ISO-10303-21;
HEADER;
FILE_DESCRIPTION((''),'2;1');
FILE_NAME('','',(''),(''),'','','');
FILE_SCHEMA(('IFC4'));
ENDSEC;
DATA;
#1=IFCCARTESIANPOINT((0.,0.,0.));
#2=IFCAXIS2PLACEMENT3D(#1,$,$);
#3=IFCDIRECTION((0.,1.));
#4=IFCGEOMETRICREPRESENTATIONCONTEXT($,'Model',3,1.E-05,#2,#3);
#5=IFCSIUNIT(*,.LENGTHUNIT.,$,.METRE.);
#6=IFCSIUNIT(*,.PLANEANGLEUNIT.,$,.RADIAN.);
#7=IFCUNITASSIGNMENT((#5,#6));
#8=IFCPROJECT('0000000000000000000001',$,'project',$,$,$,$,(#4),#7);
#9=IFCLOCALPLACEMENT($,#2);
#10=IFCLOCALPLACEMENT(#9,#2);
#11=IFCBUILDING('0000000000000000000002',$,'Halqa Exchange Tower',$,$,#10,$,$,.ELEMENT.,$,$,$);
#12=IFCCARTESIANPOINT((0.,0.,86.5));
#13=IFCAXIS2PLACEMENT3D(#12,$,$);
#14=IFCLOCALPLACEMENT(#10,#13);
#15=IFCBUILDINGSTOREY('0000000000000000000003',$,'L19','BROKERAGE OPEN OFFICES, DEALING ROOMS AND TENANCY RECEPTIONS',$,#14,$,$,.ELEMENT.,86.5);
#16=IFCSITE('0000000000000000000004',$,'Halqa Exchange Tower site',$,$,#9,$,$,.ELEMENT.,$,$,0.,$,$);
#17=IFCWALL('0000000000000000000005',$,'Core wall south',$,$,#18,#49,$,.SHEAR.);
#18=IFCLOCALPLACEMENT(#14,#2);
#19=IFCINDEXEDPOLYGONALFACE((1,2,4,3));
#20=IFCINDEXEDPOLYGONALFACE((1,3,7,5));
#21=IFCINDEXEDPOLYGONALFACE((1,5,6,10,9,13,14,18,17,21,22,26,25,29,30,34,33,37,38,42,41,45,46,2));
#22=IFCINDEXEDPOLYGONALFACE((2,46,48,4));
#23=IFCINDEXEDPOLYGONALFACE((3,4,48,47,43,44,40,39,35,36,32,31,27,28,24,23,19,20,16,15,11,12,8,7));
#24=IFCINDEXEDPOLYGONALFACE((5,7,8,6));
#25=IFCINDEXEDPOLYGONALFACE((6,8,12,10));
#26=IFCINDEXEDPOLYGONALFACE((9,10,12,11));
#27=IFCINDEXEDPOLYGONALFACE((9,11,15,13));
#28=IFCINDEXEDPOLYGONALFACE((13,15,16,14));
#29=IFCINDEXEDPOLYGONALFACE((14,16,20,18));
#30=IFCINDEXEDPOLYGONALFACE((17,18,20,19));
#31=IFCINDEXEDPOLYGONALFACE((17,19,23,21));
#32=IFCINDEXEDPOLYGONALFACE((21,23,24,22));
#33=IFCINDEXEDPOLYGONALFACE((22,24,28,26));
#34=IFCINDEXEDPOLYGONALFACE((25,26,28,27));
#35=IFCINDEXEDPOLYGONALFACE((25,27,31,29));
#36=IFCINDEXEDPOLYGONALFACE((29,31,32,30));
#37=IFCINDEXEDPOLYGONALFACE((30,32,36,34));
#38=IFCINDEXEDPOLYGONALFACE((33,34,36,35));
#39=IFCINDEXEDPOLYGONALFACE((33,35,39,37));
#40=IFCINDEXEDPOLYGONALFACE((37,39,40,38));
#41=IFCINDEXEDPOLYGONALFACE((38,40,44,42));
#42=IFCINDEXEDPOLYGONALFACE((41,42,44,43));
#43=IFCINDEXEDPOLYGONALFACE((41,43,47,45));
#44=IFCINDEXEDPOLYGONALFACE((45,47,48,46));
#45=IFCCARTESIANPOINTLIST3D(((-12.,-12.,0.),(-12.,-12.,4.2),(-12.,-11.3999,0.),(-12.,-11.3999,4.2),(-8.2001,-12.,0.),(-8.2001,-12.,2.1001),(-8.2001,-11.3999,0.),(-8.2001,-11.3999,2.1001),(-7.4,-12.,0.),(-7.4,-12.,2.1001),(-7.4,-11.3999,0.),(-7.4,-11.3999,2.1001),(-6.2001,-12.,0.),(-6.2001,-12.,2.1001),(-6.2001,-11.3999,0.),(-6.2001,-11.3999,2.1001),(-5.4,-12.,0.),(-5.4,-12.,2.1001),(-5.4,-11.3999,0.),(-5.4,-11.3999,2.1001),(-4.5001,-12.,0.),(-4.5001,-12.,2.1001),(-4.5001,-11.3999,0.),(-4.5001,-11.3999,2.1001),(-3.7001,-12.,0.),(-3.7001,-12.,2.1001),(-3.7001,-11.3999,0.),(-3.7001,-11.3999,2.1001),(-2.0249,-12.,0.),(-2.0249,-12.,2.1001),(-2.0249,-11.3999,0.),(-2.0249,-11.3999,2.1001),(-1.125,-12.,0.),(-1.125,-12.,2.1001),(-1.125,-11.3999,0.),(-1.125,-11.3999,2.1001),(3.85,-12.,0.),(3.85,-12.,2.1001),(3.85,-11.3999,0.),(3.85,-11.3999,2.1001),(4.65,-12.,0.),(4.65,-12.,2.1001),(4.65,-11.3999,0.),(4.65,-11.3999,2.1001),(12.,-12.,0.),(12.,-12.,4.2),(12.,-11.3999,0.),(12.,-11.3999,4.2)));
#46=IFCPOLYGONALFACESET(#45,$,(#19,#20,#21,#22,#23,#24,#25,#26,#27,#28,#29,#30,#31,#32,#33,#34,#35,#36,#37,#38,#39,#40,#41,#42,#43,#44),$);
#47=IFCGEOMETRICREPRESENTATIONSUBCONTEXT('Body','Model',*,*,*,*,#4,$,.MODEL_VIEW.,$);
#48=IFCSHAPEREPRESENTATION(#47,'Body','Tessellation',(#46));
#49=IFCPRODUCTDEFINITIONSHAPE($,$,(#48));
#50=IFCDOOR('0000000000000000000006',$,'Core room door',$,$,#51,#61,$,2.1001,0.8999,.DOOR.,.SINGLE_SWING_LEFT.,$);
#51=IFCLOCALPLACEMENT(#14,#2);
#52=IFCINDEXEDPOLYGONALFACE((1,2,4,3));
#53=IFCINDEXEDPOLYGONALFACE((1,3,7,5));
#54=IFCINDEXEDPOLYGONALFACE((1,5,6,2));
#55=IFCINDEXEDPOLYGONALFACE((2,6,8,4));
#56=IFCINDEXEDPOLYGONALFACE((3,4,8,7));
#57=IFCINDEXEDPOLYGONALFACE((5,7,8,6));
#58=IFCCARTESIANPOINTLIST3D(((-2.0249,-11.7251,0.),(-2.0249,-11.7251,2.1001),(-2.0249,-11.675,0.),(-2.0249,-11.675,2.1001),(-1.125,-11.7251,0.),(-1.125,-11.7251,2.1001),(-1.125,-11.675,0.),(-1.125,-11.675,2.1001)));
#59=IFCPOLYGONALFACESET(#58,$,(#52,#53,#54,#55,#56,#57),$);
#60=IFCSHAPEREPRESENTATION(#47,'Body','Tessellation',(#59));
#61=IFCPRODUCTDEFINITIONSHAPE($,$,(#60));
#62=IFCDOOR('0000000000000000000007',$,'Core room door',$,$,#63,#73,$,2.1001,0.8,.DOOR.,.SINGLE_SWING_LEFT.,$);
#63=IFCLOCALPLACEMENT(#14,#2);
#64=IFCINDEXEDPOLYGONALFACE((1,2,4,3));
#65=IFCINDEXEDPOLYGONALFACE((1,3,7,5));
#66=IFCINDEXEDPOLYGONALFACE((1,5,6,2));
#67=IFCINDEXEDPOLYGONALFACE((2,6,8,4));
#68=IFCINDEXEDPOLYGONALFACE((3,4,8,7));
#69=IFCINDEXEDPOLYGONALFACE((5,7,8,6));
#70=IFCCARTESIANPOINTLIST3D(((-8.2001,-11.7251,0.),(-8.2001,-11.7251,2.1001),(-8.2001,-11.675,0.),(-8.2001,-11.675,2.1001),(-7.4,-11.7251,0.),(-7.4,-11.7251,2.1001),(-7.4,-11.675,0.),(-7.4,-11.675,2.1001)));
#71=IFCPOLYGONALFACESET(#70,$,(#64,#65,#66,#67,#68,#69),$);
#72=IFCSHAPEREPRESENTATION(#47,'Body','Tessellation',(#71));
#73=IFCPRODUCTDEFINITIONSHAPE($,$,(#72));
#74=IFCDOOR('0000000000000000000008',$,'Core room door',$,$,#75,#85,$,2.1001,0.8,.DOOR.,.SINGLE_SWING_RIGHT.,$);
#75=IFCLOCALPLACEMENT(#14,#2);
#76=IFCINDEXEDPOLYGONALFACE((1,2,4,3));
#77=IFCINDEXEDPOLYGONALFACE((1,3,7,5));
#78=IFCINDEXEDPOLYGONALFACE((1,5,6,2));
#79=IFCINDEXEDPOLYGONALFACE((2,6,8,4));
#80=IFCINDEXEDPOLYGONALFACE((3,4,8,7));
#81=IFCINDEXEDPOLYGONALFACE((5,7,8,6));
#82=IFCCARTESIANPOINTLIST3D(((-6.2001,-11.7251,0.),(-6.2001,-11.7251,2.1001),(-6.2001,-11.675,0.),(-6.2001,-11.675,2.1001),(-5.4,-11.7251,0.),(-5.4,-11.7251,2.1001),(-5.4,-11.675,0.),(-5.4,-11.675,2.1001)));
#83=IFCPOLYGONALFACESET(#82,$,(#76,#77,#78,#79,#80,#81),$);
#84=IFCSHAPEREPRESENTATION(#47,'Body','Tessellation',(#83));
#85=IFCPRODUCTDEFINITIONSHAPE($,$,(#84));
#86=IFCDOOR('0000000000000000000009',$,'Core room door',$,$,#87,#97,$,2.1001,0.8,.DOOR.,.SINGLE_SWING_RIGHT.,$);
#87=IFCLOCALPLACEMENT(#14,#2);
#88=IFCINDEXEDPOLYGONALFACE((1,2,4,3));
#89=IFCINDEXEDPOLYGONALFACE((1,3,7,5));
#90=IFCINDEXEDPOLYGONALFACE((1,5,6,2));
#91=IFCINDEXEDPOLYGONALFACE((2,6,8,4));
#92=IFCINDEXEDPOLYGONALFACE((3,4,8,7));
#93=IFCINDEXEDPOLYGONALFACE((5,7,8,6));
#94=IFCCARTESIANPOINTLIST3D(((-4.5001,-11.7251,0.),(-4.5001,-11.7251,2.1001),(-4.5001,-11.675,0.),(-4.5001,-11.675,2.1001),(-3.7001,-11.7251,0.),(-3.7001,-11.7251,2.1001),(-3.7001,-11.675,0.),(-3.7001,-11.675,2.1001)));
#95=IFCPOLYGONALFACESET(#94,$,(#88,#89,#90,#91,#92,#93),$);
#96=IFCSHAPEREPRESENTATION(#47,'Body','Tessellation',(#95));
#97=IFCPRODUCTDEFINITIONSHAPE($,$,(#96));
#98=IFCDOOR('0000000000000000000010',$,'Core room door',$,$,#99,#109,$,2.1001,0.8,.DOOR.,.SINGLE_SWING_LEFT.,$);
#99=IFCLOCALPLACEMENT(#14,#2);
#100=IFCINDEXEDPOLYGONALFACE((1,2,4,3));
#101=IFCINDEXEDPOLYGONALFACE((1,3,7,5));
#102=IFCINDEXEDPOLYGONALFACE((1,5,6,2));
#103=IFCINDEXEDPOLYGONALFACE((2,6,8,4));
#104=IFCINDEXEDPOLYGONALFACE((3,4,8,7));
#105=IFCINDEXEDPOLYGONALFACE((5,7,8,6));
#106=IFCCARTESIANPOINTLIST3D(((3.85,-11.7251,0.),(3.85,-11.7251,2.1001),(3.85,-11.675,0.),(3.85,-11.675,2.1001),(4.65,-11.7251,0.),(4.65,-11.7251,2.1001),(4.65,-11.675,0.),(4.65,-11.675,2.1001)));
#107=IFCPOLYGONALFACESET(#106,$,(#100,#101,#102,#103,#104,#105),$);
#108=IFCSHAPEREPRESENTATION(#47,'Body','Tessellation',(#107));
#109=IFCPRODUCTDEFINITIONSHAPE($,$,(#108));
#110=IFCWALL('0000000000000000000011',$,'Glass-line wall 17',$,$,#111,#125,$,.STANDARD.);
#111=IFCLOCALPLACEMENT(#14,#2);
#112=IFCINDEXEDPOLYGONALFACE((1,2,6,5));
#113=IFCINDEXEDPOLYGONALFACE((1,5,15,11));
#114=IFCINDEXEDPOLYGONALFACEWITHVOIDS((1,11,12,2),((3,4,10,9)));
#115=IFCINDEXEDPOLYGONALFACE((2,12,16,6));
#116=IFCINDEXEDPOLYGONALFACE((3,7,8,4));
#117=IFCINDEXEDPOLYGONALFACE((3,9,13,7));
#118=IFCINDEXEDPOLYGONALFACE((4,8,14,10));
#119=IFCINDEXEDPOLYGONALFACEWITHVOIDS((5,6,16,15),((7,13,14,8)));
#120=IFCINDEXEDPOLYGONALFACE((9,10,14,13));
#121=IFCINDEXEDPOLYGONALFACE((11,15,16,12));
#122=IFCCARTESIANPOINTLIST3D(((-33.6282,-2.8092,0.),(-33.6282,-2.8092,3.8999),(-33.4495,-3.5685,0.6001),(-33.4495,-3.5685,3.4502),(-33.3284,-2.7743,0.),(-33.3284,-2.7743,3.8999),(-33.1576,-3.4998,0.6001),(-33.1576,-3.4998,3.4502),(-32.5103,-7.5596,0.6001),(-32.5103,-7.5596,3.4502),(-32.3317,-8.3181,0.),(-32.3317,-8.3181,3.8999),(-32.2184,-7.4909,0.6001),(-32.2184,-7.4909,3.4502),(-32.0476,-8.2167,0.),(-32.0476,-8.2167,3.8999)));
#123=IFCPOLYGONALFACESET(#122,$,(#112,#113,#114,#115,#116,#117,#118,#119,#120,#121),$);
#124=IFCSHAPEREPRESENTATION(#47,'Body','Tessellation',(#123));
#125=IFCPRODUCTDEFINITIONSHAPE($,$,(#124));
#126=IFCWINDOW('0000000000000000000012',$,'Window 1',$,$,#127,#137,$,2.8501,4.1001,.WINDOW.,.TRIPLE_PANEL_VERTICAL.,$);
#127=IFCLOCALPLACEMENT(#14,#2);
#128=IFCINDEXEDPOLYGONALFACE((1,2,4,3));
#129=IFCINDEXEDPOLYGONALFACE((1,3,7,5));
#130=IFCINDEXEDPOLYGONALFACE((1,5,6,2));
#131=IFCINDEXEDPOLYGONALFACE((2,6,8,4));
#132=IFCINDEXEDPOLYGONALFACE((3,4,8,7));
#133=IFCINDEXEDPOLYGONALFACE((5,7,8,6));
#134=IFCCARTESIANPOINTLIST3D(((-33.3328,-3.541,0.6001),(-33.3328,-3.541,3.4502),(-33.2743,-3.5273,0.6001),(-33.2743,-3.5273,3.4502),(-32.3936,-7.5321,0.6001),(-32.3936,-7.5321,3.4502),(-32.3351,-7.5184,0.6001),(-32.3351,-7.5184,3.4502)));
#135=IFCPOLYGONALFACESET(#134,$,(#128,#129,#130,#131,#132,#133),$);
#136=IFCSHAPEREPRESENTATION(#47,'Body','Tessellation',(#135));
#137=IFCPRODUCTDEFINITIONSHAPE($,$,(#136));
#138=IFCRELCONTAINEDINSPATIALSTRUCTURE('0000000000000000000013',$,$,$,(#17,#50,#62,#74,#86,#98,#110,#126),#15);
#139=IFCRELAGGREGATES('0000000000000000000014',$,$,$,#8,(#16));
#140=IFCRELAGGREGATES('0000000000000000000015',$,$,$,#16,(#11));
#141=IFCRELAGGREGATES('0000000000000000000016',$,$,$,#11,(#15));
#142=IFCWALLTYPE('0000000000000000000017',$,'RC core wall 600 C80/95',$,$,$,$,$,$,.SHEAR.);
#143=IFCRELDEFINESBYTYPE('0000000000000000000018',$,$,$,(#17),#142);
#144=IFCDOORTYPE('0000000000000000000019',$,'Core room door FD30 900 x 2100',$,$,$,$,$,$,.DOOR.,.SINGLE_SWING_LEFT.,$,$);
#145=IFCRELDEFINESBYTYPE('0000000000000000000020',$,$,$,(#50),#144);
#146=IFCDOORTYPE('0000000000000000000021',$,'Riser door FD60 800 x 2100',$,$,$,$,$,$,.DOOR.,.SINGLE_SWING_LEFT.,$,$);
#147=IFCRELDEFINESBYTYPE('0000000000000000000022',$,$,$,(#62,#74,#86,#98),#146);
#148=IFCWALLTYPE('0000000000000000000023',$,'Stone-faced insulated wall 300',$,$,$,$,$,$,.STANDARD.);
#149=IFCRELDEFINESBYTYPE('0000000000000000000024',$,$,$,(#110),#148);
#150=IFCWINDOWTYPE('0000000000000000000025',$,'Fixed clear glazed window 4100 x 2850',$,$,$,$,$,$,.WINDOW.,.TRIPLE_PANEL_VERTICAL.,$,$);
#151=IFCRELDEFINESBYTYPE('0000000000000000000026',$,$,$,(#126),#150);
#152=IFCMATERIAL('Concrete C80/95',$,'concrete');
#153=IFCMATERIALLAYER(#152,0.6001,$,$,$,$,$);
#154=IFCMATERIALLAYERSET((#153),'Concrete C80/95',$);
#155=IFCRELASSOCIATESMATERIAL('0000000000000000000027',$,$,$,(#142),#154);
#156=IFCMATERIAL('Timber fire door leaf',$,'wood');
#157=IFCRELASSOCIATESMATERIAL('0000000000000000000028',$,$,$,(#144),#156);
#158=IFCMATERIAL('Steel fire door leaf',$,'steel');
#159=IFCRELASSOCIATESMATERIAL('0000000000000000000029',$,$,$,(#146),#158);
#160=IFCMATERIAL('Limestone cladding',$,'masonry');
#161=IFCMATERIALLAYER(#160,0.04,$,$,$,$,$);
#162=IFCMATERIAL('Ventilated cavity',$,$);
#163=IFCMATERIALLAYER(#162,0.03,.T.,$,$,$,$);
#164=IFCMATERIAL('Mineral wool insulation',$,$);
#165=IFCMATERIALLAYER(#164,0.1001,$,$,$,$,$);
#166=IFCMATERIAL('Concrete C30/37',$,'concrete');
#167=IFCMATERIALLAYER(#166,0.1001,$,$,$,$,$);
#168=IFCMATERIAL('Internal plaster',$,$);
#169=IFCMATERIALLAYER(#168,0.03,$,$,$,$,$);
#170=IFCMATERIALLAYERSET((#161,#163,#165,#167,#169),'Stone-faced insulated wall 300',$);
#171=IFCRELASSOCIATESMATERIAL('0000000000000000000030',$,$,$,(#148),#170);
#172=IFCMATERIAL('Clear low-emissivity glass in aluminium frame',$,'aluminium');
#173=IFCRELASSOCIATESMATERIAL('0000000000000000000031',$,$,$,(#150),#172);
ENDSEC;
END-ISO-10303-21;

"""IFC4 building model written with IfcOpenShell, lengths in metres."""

from ifc_helpers import new_model, si_unit, direction, frame, frame_2d, origin, place, context, subcontext, project, spatial, polyline, rectangle, outline, extrude, material, layer, layer_set, type_object, element, fill, save


model = new_model("IFC4")

# Units and contexts
model_context = context("Model", 3, precision=1e-05, world=origin(), true_north=direction((0.0, 1.0)))
body_context = subcontext(model_context, "Body", "Model", "MODEL_VIEW")
ifc_project = project(units=[si_unit("LENGTHUNIT", "METRE"), si_unit("PLANEANGLEUNIT", "RADIAN")], contexts=[model_context])

# Site, building, storey
site_placement = place(None, origin())
site = spatial("IfcSite", under=ifc_project, at=site_placement, Name="Halqa Exchange Tower site", CompositionType="ELEMENT", RefElevation=0.0)
building_placement = place(site_placement, origin())
building = spatial("IfcBuilding", under=site, at=building_placement, Name="Halqa Exchange Tower", CompositionType="ELEMENT")
storey_placement = place(building_placement, frame((0.0, 0.0, 86.5)))
storey = spatial("IfcBuildingStorey", under=building, at=storey_placement, Name="L19", Description="BROKERAGE OPEN OFFICES, DEALING ROOMS AND TENANCY RECEPTIONS", CompositionType="ELEMENT", Elevation=86.5)

# Wall, openings, doors
ifc_material_1 = material(Name="Concrete C80/95", Category="concrete")
ifc_layer_1 = layer(ifc_material_1, 0.6001)
ifc_layer_set_1 = layer_set([ifc_layer_1], Name="Concrete C80/95")
wall_type_1 = type_object("IfcWallType", Name="RC core wall 600 C80/95", PredefinedType="SHEAR", material=ifc_layer_set_1)
wall_1_placement = place(storey_placement, frame((-12.0, -11.7, 0.0), z_axis=(0.0, 0.0, 1.0), x_axis=(1.0, 0.0, 0.0)))
wall_1 = element("IfcWall", 1, at=wall_1_placement, inside=storey, type_object=wall_type_1, Name="Core wall south", PredefinedType="SHEAR", context=body_context, shape_type="SweptSolid", body=[
    extrude(rectangle(XDim=24.0, YDim=0.6001, at=frame_2d((12.0, 0.0))), origin(), (0.0, 0.0, 1.0), 4.2),
])
opening_1_placement = place(wall_1_placement, frame((9.9751, 0.0, 0.0)))
opening_1 = element("IfcOpeningElement", 2, at=opening_1_placement, cuts=wall_1, PredefinedType="OPENING", context=body_context, shape_type="SweptSolid", body=[
    extrude(rectangle(XDim=0.8999, YDim=2.1001, at=frame_2d((0.45, 1.05))), frame((0.0, 0.312, 0.0), z_axis=(0.0, -1.0, 0.0), x_axis=(1.0, 0.0, 0.0)), (0.0, 0.0, 1.0), 0.624),
])
opening_2_placement = place(wall_1_placement, frame((3.8, 0.0, 0.0)))
opening_2 = element("IfcOpeningElement", 3, at=opening_2_placement, cuts=wall_1, PredefinedType="OPENING", context=body_context, shape_type="SweptSolid", body=[
    extrude(rectangle(XDim=0.8, YDim=2.1001, at=frame_2d((0.3999, 1.05))), frame((0.0, 0.312, 0.0), z_axis=(0.0, -1.0, 0.0), x_axis=(1.0, 0.0, 0.0)), (0.0, 0.0, 1.0), 0.624),
])
opening_3_placement = place(wall_1_placement, frame((5.8, 0.0, 0.0)))
opening_3 = element("IfcOpeningElement", 4, at=opening_3_placement, cuts=wall_1, PredefinedType="OPENING", context=body_context, shape_type="SweptSolid", body=[
    extrude(rectangle(XDim=0.8, YDim=2.1001, at=frame_2d((0.3999, 1.05))), frame((0.0, 0.312, 0.0), z_axis=(0.0, -1.0, 0.0), x_axis=(1.0, 0.0, 0.0)), (0.0, 0.0, 1.0), 0.624),
])
opening_4_placement = place(wall_1_placement, frame((7.5, 0.0, 0.0)))
opening_4 = element("IfcOpeningElement", 5, at=opening_4_placement, cuts=wall_1, PredefinedType="OPENING", context=body_context, shape_type="SweptSolid", body=[
    extrude(rectangle(XDim=0.8, YDim=2.1001, at=frame_2d((0.3999, 1.05))), frame((0.0, 0.312, 0.0), z_axis=(0.0, -1.0, 0.0), x_axis=(1.0, 0.0, 0.0)), (0.0, 0.0, 1.0), 0.624),
])
opening_5_placement = place(wall_1_placement, frame((15.8501, 0.0, 0.0)))
opening_5 = element("IfcOpeningElement", 6, at=opening_5_placement, cuts=wall_1, PredefinedType="OPENING", context=body_context, shape_type="SweptSolid", body=[
    extrude(rectangle(XDim=0.8, YDim=2.1001, at=frame_2d((0.3999, 1.05))), frame((0.0, 0.312, 0.0), z_axis=(0.0, -1.0, 0.0), x_axis=(1.0, 0.0, 0.0)), (0.0, 0.0, 1.0), 0.624),
])
ifc_material_2 = material(Name="Timber fire door leaf", Category="wood")
door_type_1 = type_object("IfcDoorType", Name="Core room door FD30 900 x 2100", OperationType="SINGLE_SWING_LEFT", PredefinedType="DOOR", material=ifc_material_2)
door_1_placement = place(opening_1_placement, origin())
door_1 = element("IfcDoor", 7, at=door_1_placement, inside=storey, type_object=door_type_1, Name="Core room door", OperationType="SINGLE_SWING_LEFT", OverallHeight=2.1001, OverallWidth=0.8999, PredefinedType="DOOR", context=body_context, shape_type="SweptSolid", body=[
    extrude(rectangle(XDim=0.8999, YDim=2.1001, at=frame_2d((0.45, 1.05))), frame((0.0, 0.0249, 0.0), z_axis=(0.0, -1.0, 0.0), x_axis=(1.0, 0.0, 0.0)), (0.0, 0.0, 1.0), 0.05),
])
fill(opening_1, door_1)
ifc_material_3 = material(Name="Steel fire door leaf", Category="steel")
door_type_2 = type_object("IfcDoorType", Name="Riser door FD60 800 x 2100", OperationType="SINGLE_SWING_LEFT", PredefinedType="DOOR", material=ifc_material_3)
door_2_placement = place(opening_2_placement, origin())
door_2 = element("IfcDoor", 8, at=door_2_placement, inside=storey, type_object=door_type_2, Name="Core room door", OperationType="SINGLE_SWING_LEFT", OverallHeight=2.1001, OverallWidth=0.8, PredefinedType="DOOR", context=body_context, shape_type="SweptSolid", body=[
    extrude(rectangle(XDim=0.8, YDim=2.1001, at=frame_2d((0.3999, 1.05))), frame((0.0, 0.0249, 0.0), z_axis=(0.0, -1.0, 0.0), x_axis=(1.0, 0.0, 0.0)), (0.0, 0.0, 1.0), 0.05),
])
fill(opening_2, door_2)
door_3_placement = place(opening_3_placement, origin())
door_3 = element("IfcDoor", 9, at=door_3_placement, inside=storey, type_object=door_type_2, Name="Core room door", OperationType="SINGLE_SWING_RIGHT", OverallHeight=2.1001, OverallWidth=0.8, PredefinedType="DOOR", context=body_context, shape_type="SweptSolid", body=[
    extrude(rectangle(XDim=0.8, YDim=2.1001, at=frame_2d((0.3999, 1.05))), frame((0.0, 0.0249, 0.0), z_axis=(0.0, -1.0, 0.0), x_axis=(1.0, 0.0, 0.0)), (0.0, 0.0, 1.0), 0.05),
])
fill(opening_3, door_3)
door_4_placement = place(opening_4_placement, origin())
door_4 = element("IfcDoor", 10, at=door_4_placement, inside=storey, type_object=door_type_2, Name="Core room door", OperationType="SINGLE_SWING_RIGHT", OverallHeight=2.1001, OverallWidth=0.8, PredefinedType="DOOR", context=body_context, shape_type="SweptSolid", body=[
    extrude(rectangle(XDim=0.8, YDim=2.1001, at=frame_2d((0.3999, 1.05))), frame((0.0, 0.0249, 0.0), z_axis=(0.0, -1.0, 0.0), x_axis=(1.0, 0.0, 0.0)), (0.0, 0.0, 1.0), 0.05),
])
fill(opening_4, door_4)
door_5_placement = place(opening_5_placement, origin())
door_5 = element("IfcDoor", 11, at=door_5_placement, inside=storey, type_object=door_type_2, Name="Core room door", OperationType="SINGLE_SWING_LEFT", OverallHeight=2.1001, OverallWidth=0.8, PredefinedType="DOOR", context=body_context, shape_type="SweptSolid", body=[
    extrude(rectangle(XDim=0.8, YDim=2.1001, at=frame_2d((0.3999, 1.05))), frame((0.0, 0.0249, 0.0), z_axis=(0.0, -1.0, 0.0), x_axis=(1.0, 0.0, 0.0)), (0.0, 0.0, 1.0), 0.05),
])
fill(opening_5, door_5)

# Wall, opening, window
ifc_material_4 = material(Name="Limestone cladding", Category="masonry")
ifc_layer_2 = layer(ifc_material_4, 0.04)
ifc_material_5 = material(Name="Ventilated cavity")
ifc_layer_3 = layer(ifc_material_5, 0.03, ventilated=True)
ifc_material_6 = material(Name="Mineral wool insulation")
ifc_layer_4 = layer(ifc_material_6, 0.1001)
ifc_material_7 = material(Name="Concrete C30/37", Category="concrete")
ifc_layer_5 = layer(ifc_material_7, 0.1001)
ifc_material_8 = material(Name="Internal plaster")
ifc_layer_6 = layer(ifc_material_8, 0.03)
ifc_layer_set_2 = layer_set([ifc_layer_2, ifc_layer_3, ifc_layer_4, ifc_layer_5, ifc_layer_6], Name="Stone-faced insulated wall 300")
wall_type_2 = type_object("IfcWallType", Name="Stone-faced insulated wall 300", PredefinedType="STANDARD", material=ifc_layer_set_2)
wall_2_placement = place(storey_placement, frame((-33.4783, -2.7917, 0.0), z_axis=(0.0, 0.0, 1.0), x_axis=(0.229073, -0.973409, 0.0)))
wall_2 = element("IfcWall", 12, at=wall_2_placement, inside=storey, type_object=wall_type_2, Name="Glass-line wall 17", PredefinedType="STANDARD", context=body_context, shape_type="SweptSolid", body=[
    extrude(outline(polyline([(-0.0173, -0.1499), (5.6421, -0.1499), (5.6084, 0.1499), (0.0173, 0.1499), (-0.0173, -0.1499)])), origin(), (0.0, 0.0, 1.0), 3.8999),
])
opening_6_placement = place(wall_2_placement, frame((0.7627, 0.0, 0.6001)))
opening_6 = element("IfcOpeningElement", 13, at=opening_6_placement, cuts=wall_2, PredefinedType="OPENING", context=body_context, shape_type="SweptSolid", body=[
    extrude(rectangle(XDim=4.1001, YDim=2.8501, at=frame_2d((2.05, 1.425))), frame((0.0, 0.1621, 0.0), z_axis=(0.0, -1.0, 0.0), x_axis=(1.0, 0.0, 0.0)), (0.0, 0.0, 1.0), 0.324),
])
ifc_material_9 = material(Name="Clear low-emissivity glass in aluminium frame", Category="aluminium")
window_type = type_object("IfcWindowType", Name="Fixed clear glazed window 4100 x 2850", PartitioningType="TRIPLE_PANEL_VERTICAL", PredefinedType="WINDOW", material=ifc_material_9)
window_1_placement = place(opening_6_placement, origin())
window_1 = element("IfcWindow", 14, at=window_1_placement, inside=storey, type_object=window_type, Name="Window 1", OverallHeight=2.8501, OverallWidth=4.1001, PartitioningType="TRIPLE_PANEL_VERTICAL", PredefinedType="WINDOW", context=body_context, shape_type="SweptSolid", body=[
    extrude(rectangle(XDim=4.1001, YDim=2.8501, at=frame_2d((2.05, 1.425))), frame((0.0, 0.03, 0.0), z_axis=(0.0, -1.0, 0.0), x_axis=(1.0, 0.0, 0.0)), (0.0, 0.0, 1.0), 0.0601),
])
fill(opening_6, window_1)

save(model, "model.ifc")
